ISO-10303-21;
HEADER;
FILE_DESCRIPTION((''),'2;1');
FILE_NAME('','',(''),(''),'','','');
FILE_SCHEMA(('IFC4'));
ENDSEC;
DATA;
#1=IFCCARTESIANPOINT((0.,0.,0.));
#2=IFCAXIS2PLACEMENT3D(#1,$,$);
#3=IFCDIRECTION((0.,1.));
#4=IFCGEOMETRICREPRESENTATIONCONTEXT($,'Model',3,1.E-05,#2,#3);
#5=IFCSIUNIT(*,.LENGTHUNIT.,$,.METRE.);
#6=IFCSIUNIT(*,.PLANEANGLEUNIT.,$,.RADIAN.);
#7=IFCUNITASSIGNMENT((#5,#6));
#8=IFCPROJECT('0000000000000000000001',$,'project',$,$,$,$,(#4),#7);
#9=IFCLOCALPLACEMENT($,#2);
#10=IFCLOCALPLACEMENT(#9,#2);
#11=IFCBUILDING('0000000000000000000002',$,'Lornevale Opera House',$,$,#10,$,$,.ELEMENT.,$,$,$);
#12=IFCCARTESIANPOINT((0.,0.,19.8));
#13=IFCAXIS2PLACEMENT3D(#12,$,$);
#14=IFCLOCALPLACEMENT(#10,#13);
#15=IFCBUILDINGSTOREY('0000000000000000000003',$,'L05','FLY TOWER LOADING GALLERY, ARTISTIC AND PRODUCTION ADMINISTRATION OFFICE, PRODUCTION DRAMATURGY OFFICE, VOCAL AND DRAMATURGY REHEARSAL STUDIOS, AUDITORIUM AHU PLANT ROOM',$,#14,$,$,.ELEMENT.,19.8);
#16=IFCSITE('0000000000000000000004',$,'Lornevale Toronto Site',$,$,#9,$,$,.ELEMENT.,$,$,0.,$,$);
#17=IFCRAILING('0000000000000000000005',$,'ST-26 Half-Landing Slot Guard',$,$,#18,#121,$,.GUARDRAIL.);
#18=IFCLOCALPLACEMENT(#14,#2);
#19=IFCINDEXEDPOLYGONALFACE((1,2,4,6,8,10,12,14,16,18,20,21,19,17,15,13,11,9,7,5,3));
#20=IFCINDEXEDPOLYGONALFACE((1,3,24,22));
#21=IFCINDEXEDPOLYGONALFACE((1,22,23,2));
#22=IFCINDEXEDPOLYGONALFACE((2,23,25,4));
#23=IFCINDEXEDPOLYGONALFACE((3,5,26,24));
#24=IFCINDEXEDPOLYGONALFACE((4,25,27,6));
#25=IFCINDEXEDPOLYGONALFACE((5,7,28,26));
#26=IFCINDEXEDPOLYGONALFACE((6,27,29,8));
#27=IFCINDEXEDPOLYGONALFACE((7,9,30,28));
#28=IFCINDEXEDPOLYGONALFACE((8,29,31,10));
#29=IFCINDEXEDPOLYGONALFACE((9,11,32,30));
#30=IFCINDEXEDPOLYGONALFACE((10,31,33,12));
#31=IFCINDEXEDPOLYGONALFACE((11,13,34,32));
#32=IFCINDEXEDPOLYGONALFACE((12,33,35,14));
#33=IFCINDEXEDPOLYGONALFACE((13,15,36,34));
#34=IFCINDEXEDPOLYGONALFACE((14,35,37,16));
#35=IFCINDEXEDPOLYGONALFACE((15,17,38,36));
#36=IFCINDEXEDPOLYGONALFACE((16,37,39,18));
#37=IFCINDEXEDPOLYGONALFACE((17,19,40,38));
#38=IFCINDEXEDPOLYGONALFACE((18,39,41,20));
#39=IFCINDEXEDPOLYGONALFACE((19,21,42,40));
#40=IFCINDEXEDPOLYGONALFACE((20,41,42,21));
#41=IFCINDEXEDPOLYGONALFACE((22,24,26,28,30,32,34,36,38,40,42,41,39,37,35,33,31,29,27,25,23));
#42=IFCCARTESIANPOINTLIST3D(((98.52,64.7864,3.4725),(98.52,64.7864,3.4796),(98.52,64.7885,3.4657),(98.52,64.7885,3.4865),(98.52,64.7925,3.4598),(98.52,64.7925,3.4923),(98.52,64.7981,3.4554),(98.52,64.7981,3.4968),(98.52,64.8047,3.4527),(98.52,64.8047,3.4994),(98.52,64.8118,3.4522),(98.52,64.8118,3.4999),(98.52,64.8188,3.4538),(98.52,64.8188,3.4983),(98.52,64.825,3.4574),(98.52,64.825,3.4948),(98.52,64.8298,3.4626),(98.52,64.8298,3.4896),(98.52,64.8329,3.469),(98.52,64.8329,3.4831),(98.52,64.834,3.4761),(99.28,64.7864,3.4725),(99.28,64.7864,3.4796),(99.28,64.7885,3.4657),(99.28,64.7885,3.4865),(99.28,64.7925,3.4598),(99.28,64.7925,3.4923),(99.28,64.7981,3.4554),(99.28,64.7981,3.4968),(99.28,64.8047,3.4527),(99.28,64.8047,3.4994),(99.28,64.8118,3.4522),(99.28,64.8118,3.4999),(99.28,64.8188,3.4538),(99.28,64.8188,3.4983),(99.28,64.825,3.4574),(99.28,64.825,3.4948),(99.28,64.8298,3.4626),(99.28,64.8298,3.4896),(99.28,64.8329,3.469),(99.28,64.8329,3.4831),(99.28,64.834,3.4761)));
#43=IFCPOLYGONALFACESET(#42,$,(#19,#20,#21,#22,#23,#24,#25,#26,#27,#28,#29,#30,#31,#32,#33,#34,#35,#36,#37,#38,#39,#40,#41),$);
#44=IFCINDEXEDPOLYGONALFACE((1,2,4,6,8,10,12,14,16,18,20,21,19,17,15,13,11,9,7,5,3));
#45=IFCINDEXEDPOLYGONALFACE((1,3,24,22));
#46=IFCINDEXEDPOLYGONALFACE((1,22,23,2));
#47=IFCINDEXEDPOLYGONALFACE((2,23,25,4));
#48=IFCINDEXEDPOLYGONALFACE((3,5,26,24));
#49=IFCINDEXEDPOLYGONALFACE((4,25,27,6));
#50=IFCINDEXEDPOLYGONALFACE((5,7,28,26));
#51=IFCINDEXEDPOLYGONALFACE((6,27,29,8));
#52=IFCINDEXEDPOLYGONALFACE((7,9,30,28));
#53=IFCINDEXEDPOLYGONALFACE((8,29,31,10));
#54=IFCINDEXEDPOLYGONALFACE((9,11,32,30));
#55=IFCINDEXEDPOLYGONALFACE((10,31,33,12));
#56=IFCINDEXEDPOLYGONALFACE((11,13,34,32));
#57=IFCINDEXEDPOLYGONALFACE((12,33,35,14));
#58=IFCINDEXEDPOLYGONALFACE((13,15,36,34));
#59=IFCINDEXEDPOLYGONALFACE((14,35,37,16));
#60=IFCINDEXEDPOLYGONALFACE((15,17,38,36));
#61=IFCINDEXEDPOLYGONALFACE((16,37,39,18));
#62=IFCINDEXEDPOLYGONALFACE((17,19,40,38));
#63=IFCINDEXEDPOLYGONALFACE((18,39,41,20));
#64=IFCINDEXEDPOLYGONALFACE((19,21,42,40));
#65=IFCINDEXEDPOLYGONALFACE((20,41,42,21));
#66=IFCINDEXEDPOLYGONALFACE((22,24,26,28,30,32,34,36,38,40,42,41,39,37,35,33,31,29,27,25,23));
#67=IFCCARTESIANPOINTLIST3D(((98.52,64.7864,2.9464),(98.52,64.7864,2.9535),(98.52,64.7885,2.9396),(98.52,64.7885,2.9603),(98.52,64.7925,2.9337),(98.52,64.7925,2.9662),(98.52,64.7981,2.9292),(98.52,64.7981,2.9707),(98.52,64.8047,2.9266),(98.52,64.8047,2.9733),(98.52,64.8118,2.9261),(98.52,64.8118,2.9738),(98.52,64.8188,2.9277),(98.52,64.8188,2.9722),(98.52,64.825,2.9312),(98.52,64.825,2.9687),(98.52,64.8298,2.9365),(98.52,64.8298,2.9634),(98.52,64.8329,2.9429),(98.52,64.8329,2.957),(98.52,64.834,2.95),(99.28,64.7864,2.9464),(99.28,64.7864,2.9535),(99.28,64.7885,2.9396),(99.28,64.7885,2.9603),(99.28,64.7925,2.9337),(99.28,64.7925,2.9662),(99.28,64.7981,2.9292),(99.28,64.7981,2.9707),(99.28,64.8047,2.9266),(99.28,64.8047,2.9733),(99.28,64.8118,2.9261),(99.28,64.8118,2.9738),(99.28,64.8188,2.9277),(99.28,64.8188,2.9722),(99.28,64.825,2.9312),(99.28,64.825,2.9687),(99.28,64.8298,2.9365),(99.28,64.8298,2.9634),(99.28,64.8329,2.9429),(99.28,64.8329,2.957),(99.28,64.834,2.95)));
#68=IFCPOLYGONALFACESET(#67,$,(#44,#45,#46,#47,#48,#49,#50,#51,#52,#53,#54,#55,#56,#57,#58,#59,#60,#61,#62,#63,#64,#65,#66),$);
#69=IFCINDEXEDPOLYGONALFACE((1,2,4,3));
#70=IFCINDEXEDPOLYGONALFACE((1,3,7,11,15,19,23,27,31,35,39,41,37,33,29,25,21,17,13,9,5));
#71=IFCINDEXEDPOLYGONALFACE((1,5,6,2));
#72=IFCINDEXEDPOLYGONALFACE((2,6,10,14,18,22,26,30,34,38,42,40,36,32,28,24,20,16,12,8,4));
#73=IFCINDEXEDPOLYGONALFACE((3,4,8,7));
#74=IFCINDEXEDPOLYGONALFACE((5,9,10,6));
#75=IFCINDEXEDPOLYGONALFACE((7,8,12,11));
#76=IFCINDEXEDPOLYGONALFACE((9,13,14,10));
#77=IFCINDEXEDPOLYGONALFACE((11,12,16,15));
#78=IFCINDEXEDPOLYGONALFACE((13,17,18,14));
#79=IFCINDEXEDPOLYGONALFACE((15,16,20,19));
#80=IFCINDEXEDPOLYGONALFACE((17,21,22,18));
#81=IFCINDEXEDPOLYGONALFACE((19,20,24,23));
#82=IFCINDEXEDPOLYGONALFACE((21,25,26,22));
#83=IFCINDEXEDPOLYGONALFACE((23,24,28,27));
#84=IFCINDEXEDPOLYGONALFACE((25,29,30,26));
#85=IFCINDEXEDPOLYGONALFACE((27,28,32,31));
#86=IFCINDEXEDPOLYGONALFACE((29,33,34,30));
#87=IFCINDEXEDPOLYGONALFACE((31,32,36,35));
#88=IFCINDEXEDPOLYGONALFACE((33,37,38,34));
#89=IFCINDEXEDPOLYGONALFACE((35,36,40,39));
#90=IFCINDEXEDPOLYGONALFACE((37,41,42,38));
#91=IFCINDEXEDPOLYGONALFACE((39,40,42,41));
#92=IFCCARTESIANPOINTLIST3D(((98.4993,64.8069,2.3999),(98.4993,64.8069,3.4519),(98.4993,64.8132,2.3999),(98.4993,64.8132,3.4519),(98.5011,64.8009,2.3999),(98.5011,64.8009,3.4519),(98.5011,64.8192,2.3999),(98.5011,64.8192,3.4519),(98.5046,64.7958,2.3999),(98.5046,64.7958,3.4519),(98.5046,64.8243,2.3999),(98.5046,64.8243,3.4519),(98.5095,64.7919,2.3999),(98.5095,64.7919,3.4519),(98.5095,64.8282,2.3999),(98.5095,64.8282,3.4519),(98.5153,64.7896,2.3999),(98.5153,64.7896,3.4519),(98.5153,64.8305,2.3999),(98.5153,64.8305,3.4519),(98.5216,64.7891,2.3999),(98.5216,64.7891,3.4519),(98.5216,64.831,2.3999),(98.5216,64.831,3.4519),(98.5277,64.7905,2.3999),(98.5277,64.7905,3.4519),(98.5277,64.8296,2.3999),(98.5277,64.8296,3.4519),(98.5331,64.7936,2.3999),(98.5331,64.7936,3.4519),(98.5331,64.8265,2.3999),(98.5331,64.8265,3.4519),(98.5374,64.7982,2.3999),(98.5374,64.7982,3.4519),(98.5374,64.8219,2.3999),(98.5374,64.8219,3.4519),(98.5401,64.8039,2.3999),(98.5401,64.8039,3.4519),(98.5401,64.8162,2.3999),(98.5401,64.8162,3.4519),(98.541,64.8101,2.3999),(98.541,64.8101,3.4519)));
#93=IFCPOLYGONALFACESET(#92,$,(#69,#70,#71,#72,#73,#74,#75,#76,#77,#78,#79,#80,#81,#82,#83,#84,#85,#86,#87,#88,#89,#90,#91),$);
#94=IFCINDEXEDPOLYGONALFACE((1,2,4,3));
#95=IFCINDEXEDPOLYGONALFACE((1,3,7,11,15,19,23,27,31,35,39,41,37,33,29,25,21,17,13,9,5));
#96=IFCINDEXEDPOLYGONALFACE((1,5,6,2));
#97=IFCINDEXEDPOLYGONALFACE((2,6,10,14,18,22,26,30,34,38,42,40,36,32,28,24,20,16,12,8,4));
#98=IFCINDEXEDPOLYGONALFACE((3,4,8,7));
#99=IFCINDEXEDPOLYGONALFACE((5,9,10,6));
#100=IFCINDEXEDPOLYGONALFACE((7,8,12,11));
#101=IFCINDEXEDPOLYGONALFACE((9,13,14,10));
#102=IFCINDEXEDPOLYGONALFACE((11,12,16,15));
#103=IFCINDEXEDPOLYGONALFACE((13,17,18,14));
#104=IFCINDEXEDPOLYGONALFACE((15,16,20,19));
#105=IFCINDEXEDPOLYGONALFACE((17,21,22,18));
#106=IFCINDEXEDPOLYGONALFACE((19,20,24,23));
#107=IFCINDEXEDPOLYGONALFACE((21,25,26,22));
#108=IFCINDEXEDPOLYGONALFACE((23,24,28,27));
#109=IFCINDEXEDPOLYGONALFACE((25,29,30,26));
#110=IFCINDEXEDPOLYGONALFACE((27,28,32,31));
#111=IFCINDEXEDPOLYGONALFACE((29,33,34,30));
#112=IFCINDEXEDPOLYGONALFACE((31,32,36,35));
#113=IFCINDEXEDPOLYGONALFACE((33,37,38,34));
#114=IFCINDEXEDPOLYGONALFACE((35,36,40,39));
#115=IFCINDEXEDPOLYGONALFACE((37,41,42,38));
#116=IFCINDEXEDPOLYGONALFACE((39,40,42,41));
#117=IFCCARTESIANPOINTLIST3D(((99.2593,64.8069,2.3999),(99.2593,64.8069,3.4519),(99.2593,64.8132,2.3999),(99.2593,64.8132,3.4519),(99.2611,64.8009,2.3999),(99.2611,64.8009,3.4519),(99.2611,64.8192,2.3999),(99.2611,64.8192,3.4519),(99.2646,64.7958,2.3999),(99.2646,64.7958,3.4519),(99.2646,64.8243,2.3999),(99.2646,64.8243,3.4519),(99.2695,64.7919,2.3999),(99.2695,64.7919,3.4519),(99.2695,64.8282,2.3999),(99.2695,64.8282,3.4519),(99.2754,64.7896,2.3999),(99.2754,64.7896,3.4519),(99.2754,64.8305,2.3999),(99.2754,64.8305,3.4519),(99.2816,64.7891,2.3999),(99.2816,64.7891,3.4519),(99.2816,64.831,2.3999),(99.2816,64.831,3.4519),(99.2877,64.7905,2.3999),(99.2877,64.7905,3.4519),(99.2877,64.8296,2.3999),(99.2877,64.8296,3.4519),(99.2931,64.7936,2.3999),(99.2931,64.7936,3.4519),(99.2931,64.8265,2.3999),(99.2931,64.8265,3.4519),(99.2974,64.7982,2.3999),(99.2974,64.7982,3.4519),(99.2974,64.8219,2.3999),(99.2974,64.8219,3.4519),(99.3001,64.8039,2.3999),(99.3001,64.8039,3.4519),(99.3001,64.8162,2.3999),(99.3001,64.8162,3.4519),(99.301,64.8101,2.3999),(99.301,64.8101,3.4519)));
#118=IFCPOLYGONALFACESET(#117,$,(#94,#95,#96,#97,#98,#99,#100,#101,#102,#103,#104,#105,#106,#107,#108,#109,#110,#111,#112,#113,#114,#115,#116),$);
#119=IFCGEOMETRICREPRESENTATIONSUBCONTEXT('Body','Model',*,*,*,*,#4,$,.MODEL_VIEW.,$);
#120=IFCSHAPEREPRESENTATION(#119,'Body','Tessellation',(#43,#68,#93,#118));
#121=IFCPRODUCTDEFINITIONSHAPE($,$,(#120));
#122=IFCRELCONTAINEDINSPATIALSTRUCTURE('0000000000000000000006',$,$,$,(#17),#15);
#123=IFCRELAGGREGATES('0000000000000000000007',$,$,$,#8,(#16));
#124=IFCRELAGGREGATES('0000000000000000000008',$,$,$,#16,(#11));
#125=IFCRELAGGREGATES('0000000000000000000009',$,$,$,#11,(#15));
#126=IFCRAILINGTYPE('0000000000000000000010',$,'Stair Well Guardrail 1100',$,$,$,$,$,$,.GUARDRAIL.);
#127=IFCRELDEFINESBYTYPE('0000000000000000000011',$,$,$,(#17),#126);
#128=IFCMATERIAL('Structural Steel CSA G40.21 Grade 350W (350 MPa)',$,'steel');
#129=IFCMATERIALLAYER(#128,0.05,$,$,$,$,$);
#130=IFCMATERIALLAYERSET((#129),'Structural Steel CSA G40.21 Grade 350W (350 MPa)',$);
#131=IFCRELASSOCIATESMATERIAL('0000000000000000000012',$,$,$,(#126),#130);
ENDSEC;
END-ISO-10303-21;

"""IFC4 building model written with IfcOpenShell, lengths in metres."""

from ifc_helpers import new_model, si_unit, direction, frame, origin, origin_2d, place, context, subcontext, project, spatial, circle, extrude, material, layer, layer_set, type_object, element, save


model = new_model("IFC4")

# Units and contexts
model_context = context("Model", 3, precision=1e-05, world=origin(), true_north=direction((0.0, 1.0)))
body_context = subcontext(model_context, "Body", "Model", "MODEL_VIEW")
ifc_project = project(units=[si_unit("LENGTHUNIT", "METRE"), si_unit("PLANEANGLEUNIT", "RADIAN")], contexts=[model_context])

# Site, building, storey
site_placement = place(None, origin())
site = spatial("IfcSite", under=ifc_project, at=site_placement, Name="Lornevale Toronto Site", CompositionType="ELEMENT", RefElevation=0.0)
building_placement = place(site_placement, origin())
building = spatial("IfcBuilding", under=site, at=building_placement, Name="Lornevale Opera House", CompositionType="ELEMENT")
storey_placement = place(building_placement, frame((0.0, 0.0, 19.8)))
storey = spatial("IfcBuildingStorey", under=building, at=storey_placement, Name="L05", Description="FLY TOWER LOADING GALLERY, ARTISTIC AND PRODUCTION ADMINISTRATION OFFICE, PRODUCTION DRAMATURGY OFFICE, VOCAL AND DRAMATURGY REHEARSAL STUDIOS, AUDITORIUM AHU PLANT ROOM", CompositionType="ELEMENT", Elevation=19.8)

# Shared definitions
ifc_material_1 = material(Name="Structural Steel CSA G40.21 Grade 350W (350 MPa)", Category="steel")

# Railing
ifc_layer_1 = layer(ifc_material_1, 0.05)
ifc_layer_set_1 = layer_set([ifc_layer_1], Name="Structural Steel CSA G40.21 Grade 350W (350 MPa)")
railing_type_1 = type_object("IfcRailingType", Name="Stair Well Guardrail 1100", PredefinedType="GUARDRAIL", material=ifc_layer_set_1)
railing_1_placement = place(storey_placement, frame((98.52, 64.8101, 2.3999)))
element("IfcRailing", 1, at=railing_1_placement, inside=storey, type_object=railing_type_1, Name="ST-26 Half-Landing Slot Guard", PredefinedType="GUARDRAIL", context=body_context, shape_type="SweptSolid", body=[
    extrude(circle(Radius=0.0239, at=origin_2d()), frame((0.0, 0.0, 1.0762), z_axis=(1.0, 0.0, 0.0), x_axis=(0.0, 1.0, 0.0)), (0.0, 0.0, 1.0), 0.76),
    extrude(circle(Radius=0.0239, at=origin_2d()), frame((0.0, 0.0, 0.55), z_axis=(1.0, 0.0, 0.0), x_axis=(0.0, 1.0, 0.0)), (0.0, 0.0, 1.0), 0.76),
    extrude(circle(Radius=0.021, at=origin_2d()), origin(), (0.0, 0.0, 1.0), 1.052),
    extrude(circle(Radius=0.021, at=origin_2d()), frame((0.76, 0.0, 0.0)), (0.0, 0.0, 1.0), 1.052),
])

save(model, "model.ifc")
